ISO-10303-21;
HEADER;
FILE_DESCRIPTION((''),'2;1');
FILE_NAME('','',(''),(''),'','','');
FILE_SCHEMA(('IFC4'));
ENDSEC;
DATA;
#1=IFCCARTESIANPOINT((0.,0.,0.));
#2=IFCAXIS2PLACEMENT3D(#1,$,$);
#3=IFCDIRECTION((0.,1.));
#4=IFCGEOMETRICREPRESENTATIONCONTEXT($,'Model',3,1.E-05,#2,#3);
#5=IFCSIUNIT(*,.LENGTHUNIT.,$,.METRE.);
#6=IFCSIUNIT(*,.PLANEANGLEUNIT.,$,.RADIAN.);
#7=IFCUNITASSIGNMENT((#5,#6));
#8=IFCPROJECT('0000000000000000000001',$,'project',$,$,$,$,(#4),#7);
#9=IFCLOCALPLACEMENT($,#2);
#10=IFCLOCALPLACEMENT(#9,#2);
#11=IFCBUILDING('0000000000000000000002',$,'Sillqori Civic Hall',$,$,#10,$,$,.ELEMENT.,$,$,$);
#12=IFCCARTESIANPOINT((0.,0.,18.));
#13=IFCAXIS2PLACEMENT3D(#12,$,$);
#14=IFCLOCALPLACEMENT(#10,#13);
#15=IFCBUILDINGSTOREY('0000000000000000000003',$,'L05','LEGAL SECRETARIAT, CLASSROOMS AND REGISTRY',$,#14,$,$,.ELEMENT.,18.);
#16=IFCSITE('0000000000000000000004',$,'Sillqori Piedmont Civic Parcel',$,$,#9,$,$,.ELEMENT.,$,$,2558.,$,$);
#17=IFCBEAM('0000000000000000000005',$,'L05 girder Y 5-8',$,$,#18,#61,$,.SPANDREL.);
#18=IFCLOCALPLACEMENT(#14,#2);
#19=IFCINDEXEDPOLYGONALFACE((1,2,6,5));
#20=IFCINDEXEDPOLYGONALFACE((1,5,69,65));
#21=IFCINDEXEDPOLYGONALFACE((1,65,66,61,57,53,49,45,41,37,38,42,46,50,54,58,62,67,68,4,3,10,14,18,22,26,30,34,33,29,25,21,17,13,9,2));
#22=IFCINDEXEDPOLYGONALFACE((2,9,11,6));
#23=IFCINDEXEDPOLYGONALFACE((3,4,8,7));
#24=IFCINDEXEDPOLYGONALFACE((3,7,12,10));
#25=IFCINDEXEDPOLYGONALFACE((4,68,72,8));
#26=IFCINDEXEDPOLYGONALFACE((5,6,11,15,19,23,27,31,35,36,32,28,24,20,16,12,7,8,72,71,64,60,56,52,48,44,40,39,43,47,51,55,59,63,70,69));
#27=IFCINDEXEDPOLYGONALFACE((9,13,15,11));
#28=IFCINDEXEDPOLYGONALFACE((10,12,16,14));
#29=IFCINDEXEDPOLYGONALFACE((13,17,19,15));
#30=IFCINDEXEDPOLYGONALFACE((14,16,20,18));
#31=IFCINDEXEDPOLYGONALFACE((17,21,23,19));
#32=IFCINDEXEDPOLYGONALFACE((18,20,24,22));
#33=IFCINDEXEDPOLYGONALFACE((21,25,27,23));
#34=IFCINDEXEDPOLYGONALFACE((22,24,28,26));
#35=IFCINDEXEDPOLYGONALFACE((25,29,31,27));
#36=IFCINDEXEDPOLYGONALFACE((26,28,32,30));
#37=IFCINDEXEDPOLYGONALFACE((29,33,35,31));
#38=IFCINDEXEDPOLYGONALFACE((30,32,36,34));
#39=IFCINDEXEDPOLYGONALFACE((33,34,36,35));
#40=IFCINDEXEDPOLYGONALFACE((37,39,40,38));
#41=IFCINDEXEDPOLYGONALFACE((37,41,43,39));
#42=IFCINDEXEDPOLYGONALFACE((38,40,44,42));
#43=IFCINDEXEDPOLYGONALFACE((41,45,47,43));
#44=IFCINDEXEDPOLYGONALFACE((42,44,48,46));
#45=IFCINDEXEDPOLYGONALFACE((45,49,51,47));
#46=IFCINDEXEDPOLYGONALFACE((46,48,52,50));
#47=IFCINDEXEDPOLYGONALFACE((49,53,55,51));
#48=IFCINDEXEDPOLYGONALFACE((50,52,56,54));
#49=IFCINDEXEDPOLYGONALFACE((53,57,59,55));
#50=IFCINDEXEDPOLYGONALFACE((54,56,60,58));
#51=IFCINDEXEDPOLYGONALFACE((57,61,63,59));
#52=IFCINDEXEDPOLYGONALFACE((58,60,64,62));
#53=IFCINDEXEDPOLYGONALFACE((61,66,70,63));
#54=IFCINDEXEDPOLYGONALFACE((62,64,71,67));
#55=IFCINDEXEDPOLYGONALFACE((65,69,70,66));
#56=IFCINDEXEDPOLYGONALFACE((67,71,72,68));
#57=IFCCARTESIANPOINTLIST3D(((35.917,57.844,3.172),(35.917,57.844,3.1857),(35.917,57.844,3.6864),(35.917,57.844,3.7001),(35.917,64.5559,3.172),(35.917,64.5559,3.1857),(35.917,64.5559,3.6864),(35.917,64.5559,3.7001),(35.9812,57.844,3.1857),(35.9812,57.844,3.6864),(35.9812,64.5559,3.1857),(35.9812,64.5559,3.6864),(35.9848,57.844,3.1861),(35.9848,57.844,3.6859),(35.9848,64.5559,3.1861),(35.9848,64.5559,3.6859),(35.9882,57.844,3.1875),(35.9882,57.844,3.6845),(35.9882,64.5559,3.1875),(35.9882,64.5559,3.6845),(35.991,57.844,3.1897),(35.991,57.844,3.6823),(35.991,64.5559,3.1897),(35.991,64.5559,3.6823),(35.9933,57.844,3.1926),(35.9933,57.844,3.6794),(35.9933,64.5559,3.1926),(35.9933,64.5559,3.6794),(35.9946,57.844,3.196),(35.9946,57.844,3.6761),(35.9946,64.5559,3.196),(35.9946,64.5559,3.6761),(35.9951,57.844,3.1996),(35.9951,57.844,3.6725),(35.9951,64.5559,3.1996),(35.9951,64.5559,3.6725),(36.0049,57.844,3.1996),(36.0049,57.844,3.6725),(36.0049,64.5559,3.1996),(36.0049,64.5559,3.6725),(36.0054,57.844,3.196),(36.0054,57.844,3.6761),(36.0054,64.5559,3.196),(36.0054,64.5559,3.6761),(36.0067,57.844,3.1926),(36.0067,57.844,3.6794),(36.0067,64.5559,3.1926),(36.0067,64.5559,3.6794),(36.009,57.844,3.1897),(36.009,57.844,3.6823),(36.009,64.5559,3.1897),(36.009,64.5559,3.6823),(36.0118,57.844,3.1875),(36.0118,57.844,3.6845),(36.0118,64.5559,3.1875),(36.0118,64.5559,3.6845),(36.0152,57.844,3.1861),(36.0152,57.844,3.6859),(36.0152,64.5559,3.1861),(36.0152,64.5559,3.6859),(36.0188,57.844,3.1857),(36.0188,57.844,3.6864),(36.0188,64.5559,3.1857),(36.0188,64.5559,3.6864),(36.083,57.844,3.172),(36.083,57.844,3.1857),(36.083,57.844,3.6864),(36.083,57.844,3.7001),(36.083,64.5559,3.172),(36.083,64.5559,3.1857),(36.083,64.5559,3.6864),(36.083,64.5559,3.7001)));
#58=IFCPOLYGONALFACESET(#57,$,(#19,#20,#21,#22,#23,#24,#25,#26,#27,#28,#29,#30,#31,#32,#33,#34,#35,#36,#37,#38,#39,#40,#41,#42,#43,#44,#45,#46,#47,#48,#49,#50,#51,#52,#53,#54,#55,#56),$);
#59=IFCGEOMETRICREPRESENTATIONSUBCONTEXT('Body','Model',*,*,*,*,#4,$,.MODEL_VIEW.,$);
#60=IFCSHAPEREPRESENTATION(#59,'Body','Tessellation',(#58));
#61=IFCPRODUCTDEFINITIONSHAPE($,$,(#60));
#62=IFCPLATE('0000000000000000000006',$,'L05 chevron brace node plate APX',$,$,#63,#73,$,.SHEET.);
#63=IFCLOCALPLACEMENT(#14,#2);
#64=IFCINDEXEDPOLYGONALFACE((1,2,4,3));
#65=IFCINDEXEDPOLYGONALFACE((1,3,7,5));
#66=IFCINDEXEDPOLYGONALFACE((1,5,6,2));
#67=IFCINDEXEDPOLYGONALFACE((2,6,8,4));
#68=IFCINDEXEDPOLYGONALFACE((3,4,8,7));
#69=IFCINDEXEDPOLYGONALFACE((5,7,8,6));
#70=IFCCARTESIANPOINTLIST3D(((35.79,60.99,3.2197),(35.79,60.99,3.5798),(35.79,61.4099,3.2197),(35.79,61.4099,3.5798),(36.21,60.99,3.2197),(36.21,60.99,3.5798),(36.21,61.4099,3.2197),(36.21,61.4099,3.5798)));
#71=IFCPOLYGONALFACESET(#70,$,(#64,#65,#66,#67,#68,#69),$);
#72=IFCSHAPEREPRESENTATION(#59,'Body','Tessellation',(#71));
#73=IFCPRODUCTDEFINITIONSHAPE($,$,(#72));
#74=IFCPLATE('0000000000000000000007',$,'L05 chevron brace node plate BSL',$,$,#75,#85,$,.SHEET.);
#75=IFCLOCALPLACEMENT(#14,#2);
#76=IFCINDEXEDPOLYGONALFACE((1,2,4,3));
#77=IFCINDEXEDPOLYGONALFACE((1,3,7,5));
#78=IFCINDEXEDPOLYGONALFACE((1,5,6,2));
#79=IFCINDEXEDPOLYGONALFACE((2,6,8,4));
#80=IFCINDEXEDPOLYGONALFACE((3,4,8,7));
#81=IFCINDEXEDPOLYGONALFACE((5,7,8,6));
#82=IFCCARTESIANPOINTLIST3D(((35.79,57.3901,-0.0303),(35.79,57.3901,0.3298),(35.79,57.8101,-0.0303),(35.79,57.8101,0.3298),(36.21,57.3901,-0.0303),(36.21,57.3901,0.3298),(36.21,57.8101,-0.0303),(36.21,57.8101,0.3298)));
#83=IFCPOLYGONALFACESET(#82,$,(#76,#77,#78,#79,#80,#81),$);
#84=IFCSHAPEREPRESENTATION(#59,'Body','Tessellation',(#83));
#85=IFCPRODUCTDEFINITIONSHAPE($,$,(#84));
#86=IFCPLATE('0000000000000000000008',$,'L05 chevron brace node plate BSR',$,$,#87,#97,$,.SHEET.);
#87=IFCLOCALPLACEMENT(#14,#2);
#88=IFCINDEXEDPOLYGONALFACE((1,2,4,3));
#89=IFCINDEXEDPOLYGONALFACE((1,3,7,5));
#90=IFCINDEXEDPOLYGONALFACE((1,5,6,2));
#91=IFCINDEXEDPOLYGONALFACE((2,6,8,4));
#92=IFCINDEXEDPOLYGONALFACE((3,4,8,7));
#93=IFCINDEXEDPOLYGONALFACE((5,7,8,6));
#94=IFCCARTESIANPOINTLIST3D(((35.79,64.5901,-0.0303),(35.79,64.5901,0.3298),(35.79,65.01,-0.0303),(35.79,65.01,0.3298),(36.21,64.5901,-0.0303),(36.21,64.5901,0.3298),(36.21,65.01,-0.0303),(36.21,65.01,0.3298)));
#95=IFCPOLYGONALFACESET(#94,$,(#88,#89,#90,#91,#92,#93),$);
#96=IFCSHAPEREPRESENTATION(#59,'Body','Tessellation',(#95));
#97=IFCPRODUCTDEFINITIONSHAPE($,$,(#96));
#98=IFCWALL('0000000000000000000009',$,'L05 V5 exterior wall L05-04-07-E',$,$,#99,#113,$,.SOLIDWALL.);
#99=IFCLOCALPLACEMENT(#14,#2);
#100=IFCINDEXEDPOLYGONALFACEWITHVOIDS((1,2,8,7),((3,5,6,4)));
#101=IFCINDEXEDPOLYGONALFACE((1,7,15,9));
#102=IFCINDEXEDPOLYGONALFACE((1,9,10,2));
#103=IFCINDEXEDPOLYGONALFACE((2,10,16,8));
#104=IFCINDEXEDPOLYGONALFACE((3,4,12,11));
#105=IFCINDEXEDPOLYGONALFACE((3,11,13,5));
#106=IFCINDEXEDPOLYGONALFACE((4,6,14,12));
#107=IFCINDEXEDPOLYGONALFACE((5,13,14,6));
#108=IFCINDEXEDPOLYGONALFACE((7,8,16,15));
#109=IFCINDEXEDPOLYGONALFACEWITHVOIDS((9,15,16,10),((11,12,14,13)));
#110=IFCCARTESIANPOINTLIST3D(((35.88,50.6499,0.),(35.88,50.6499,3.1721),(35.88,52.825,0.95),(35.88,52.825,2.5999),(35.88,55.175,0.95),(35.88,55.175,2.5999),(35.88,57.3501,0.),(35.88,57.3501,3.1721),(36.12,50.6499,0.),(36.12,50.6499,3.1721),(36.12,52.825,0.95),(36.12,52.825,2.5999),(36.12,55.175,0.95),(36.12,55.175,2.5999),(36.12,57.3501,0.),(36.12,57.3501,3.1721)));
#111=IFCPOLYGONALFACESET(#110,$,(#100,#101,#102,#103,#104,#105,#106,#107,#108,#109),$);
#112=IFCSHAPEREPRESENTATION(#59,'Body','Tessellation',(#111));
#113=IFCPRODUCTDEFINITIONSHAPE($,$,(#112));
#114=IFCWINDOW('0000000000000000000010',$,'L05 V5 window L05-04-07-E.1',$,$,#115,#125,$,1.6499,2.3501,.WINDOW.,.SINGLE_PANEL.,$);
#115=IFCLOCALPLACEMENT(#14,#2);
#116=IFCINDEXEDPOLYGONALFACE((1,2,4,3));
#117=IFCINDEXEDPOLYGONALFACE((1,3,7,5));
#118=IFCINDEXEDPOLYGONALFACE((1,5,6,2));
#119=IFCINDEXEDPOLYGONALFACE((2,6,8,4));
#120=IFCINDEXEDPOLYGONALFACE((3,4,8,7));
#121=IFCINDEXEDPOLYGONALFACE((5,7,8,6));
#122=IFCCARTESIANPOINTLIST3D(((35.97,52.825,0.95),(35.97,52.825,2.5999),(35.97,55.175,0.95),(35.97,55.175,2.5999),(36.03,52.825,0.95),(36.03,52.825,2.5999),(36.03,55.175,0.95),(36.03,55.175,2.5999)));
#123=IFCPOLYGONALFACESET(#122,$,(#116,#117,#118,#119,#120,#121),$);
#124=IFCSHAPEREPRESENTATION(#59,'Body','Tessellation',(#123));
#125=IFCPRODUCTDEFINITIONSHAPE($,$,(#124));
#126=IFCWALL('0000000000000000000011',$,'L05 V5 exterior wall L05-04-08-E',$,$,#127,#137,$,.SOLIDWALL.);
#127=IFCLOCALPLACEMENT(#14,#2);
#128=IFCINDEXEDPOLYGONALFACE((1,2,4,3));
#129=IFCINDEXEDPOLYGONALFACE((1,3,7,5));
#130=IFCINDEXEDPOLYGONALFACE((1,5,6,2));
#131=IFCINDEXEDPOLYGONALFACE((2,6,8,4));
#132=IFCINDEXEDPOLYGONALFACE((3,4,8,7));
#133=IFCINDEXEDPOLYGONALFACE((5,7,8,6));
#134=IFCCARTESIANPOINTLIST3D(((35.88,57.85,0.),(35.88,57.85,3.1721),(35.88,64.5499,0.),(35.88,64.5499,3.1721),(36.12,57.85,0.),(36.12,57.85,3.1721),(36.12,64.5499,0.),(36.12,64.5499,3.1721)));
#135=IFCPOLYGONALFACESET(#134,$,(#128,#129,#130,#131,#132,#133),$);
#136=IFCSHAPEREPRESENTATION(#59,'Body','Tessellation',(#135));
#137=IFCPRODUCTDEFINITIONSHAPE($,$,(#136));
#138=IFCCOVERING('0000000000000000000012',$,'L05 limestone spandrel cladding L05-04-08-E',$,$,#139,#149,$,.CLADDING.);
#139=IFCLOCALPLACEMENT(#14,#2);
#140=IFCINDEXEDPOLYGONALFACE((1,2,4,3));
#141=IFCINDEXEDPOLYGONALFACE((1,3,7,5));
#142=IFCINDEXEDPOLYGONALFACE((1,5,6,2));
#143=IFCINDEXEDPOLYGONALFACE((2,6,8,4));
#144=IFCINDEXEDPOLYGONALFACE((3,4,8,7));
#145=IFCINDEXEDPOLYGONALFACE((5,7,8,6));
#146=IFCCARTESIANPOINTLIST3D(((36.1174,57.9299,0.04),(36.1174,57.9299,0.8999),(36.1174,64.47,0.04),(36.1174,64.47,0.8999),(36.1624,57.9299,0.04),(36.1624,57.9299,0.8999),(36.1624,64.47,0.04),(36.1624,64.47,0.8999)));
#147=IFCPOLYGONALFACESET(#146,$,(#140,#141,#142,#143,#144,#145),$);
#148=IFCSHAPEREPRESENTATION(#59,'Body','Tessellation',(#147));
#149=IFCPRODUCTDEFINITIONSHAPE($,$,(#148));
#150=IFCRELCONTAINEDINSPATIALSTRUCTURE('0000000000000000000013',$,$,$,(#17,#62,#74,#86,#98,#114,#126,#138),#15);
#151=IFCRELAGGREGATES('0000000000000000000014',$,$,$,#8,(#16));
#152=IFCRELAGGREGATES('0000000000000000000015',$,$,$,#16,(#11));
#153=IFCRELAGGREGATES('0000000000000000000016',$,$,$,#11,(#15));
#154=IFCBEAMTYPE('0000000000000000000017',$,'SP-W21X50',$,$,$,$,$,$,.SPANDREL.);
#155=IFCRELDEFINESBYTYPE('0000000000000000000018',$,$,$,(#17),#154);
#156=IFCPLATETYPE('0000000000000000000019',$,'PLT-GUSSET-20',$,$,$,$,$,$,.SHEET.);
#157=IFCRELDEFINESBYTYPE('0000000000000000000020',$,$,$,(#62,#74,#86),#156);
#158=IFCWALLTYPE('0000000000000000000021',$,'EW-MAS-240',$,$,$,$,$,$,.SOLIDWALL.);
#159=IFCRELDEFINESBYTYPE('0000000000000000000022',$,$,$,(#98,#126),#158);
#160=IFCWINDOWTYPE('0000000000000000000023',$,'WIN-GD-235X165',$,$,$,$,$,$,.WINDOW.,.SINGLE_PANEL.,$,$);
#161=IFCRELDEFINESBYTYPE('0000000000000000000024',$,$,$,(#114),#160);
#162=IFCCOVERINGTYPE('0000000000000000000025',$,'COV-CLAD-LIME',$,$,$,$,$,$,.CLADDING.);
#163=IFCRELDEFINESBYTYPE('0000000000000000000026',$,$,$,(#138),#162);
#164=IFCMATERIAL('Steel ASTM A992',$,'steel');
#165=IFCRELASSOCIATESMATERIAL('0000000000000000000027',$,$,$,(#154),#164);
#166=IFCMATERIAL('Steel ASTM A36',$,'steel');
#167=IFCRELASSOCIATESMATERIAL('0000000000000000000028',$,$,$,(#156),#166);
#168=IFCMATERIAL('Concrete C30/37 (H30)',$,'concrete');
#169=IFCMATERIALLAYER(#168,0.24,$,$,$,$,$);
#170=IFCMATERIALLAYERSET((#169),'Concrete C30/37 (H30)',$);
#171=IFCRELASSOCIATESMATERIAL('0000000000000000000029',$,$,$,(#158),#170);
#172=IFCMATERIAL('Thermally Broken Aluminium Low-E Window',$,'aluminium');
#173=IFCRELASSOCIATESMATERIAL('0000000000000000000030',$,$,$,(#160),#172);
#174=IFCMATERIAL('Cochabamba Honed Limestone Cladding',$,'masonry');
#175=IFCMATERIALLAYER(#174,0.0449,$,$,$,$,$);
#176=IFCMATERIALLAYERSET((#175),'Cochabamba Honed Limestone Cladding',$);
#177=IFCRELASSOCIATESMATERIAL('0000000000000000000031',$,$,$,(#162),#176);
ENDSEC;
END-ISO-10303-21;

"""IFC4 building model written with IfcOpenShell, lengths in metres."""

from ifc_helpers import new_model, si_unit, direction, frame, frame_2d, origin, origin_2d, place, context, subcontext, project, spatial, rectangle, i_section, extrude, material, layer, layer_set, material_profile, profile_set, type_object, element, fill, save


model = new_model("IFC4")

# Units and contexts
model_context = context("Model", 3, precision=1e-05, world=origin(), true_north=direction((0.0, 1.0)))
body_context = subcontext(model_context, "Body", "Model", "MODEL_VIEW")
ifc_project = project(units=[si_unit("LENGTHUNIT", "METRE"), si_unit("PLANEANGLEUNIT", "RADIAN")], contexts=[model_context])

# Site, building, storey
site_placement = place(None, origin())
site = spatial("IfcSite", under=ifc_project, at=site_placement, Name="Sillqori Piedmont Civic Parcel", CompositionType="ELEMENT", RefElevation=2558.0)
building_placement = place(site_placement, origin())
building = spatial("IfcBuilding", under=site, at=building_placement, Name="Sillqori Civic Hall", CompositionType="ELEMENT")
storey_placement = place(building_placement, frame((0.0, 0.0, 18.0)))
storey = spatial("IfcBuildingStorey", under=building, at=storey_placement, Name="L05", Description="LEGAL SECRETARIAT, CLASSROOMS AND REGISTRY", CompositionType="ELEMENT", Elevation=18.0)

# Beam
ifc_material_1 = material(Name="Steel ASTM A992", Category="steel")
ifc_material_profile_1 = material_profile(ifc_material_1, i_section(OverallWidth=0.166, OverallDepth=0.5281, WebThickness=0.0098, FlangeThickness=0.0137, FilletRadius=0.0139, at=origin_2d()), Name="W21X50")
ifc_profile_set_1 = profile_set([ifc_material_profile_1], Name="Steel ASTM A992")
beam_type = type_object("IfcBeamType", Name="SP-W21X50", PredefinedType="SPANDREL", material=ifc_profile_set_1)
beam_placement = place(storey_placement, frame((36.0, 57.844, 3.436), z_axis=(0.0, 1.0, 0.0), x_axis=(-1.0, 0.0, 0.0)))
element("IfcBeam", 1, at=beam_placement, inside=storey, type_object=beam_type, Name="L05 girder Y 5-8", PredefinedType="SPANDREL", context=body_context, shape_type="SweptSolid", body=[
    extrude(i_section(OverallWidth=0.166, OverallDepth=0.5281, WebThickness=0.0098, FlangeThickness=0.0137, FilletRadius=0.0139, at=origin_2d()), origin(), (0.0, 0.0, 1.0), 6.7119),
])

# Plates
ifc_material_2 = material(Name="Steel ASTM A36", Category="steel")
plate_type = type_object("IfcPlateType", Name="PLT-GUSSET-20", PredefinedType="SHEET", material=ifc_material_2)
for number, where, z_axis, x_axis, name in (
    (2, (36.0, 61.2, 3.2197), (0.0, 0.0, 1.0), (1.0, 0.0, 0.0), "L05 chevron brace node plate APX"),
    (3, (36.0, 57.6001, -0.0303), (0.0, 0.0, 1.0), (1.0, 0.0, 0.0), "L05 chevron brace node plate BSL"),
    (4, (36.0, 64.8, -0.0303), (0.0, 0.0, 1.0), (1.0, 0.0, 0.0), "L05 chevron brace node plate BSR"),
):
    element("IfcPlate", number, at=place(storey_placement, frame(where, z_axis=z_axis, x_axis=x_axis)), inside=storey, type_object=plate_type, Name=name, PredefinedType="SHEET", context=body_context, shape_type="SweptSolid", body=[
        extrude(rectangle(XDim=0.4199, YDim=0.4199, at=origin_2d()), origin(), (0.0, 0.0, 1.0), 0.3601),
    ])

# Wall, opening, window
ifc_material_3 = material(Name="Concrete C30/37 (H30)", Category="concrete")
ifc_layer_1 = layer(ifc_material_3, 0.24)
ifc_layer_set_1 = layer_set([ifc_layer_1], Name="Concrete C30/37 (H30)")
wall_type = type_object("IfcWallType", Name="EW-MAS-240", PredefinedType="SOLIDWALL", material=ifc_layer_set_1)
wall_1_placement = place(storey_placement, frame((36.0, 57.3501, 0.0), z_axis=(0.0, 0.0, 1.0), x_axis=(0.0, -1.0, 0.0)))
wall_1 = element("IfcWall", 5, at=wall_1_placement, inside=storey, type_object=wall_type, Name="L05 V5 exterior wall L05-04-07-E", PredefinedType="SOLIDWALL", context=body_context, shape_type="SweptSolid", body=[
    extrude(rectangle(XDim=6.7002, YDim=0.24, at=frame_2d((3.3501, 0.0))), origin(), (0.0, 0.0, 1.0), 3.1721),
])
opening_placement = place(wall_1_placement, frame((2.175, 0.0, 0.95)))
opening = element("IfcOpeningElement", 6, at=opening_placement, cuts=wall_1, PredefinedType="OPENING", context=body_context, shape_type="SweptSolid", body=[
    extrude(rectangle(XDim=2.3501, YDim=1.6499, at=frame_2d((1.175, 0.825))), frame((0.0, 0.1299, 0.0), z_axis=(0.0, -1.0, 0.0), x_axis=(1.0, 0.0, 0.0)), (0.0, 0.0, 1.0), 0.26),
])
ifc_material_4 = material(Name="Thermally Broken Aluminium Low-E Window", Category="aluminium")
window_type = type_object("IfcWindowType", Name="WIN-GD-235X165", PartitioningType="SINGLE_PANEL", PredefinedType="WINDOW", material=ifc_material_4)
window_placement = place(opening_placement, origin())
window = element("IfcWindow", 7, at=window_placement, inside=storey, type_object=window_type, Name="L05 V5 window L05-04-07-E.1", OverallHeight=1.6499, OverallWidth=2.3501, PartitioningType="SINGLE_PANEL", PredefinedType="WINDOW", context=body_context, shape_type="SweptSolid", body=[
    extrude(rectangle(XDim=2.3501, YDim=1.6499, at=frame_2d((1.175, 0.825))), frame((0.0, 0.03, 0.0), z_axis=(0.0, -1.0, 0.0), x_axis=(1.0, 0.0, 0.0)), (0.0, 0.0, 1.0), 0.0601),
])
fill(opening, window)

# Wall
wall_2_placement = place(storey_placement, frame((36.0, 64.55, 0.0), z_axis=(0.0, 0.0, 1.0), x_axis=(0.0, -1.0, 0.0)))
element("IfcWall", 8, at=wall_2_placement, inside=storey, type_object=wall_type, Name="L05 V5 exterior wall L05-04-08-E", PredefinedType="SOLIDWALL", context=body_context, shape_type="SweptSolid", body=[
    extrude(rectangle(XDim=6.7, YDim=0.24, at=frame_2d((3.3501, 0.0))), origin(), (0.0, 0.0, 1.0), 3.1721),
])

# Covering
ifc_material_5 = material(Name="Cochabamba Honed Limestone Cladding", Category="masonry")
ifc_layer_2 = layer(ifc_material_5, 0.0449)
ifc_layer_set_2 = layer_set([ifc_layer_2], Name="Cochabamba Honed Limestone Cladding")
covering_type = type_object("IfcCoveringType", Name="COV-CLAD-LIME", PredefinedType="CLADDING", material=ifc_layer_set_2)
covering_placement = place(storey_placement, frame((36.1399, 64.47, 0.04), z_axis=(0.0, 0.0, 1.0), x_axis=(0.0, -1.0, 0.0)))
element("IfcCovering", 9, at=covering_placement, inside=storey, type_object=covering_type, Name="L05 limestone spandrel cladding L05-04-08-E", PredefinedType="CLADDING", context=body_context, shape_type="SweptSolid", body=[
    extrude(rectangle(XDim=6.54, YDim=0.0449, at=frame_2d((3.27, 0.0))), origin(), (0.0, 0.0, 1.0), 0.8599),
])

save(model, "model.ifc")
